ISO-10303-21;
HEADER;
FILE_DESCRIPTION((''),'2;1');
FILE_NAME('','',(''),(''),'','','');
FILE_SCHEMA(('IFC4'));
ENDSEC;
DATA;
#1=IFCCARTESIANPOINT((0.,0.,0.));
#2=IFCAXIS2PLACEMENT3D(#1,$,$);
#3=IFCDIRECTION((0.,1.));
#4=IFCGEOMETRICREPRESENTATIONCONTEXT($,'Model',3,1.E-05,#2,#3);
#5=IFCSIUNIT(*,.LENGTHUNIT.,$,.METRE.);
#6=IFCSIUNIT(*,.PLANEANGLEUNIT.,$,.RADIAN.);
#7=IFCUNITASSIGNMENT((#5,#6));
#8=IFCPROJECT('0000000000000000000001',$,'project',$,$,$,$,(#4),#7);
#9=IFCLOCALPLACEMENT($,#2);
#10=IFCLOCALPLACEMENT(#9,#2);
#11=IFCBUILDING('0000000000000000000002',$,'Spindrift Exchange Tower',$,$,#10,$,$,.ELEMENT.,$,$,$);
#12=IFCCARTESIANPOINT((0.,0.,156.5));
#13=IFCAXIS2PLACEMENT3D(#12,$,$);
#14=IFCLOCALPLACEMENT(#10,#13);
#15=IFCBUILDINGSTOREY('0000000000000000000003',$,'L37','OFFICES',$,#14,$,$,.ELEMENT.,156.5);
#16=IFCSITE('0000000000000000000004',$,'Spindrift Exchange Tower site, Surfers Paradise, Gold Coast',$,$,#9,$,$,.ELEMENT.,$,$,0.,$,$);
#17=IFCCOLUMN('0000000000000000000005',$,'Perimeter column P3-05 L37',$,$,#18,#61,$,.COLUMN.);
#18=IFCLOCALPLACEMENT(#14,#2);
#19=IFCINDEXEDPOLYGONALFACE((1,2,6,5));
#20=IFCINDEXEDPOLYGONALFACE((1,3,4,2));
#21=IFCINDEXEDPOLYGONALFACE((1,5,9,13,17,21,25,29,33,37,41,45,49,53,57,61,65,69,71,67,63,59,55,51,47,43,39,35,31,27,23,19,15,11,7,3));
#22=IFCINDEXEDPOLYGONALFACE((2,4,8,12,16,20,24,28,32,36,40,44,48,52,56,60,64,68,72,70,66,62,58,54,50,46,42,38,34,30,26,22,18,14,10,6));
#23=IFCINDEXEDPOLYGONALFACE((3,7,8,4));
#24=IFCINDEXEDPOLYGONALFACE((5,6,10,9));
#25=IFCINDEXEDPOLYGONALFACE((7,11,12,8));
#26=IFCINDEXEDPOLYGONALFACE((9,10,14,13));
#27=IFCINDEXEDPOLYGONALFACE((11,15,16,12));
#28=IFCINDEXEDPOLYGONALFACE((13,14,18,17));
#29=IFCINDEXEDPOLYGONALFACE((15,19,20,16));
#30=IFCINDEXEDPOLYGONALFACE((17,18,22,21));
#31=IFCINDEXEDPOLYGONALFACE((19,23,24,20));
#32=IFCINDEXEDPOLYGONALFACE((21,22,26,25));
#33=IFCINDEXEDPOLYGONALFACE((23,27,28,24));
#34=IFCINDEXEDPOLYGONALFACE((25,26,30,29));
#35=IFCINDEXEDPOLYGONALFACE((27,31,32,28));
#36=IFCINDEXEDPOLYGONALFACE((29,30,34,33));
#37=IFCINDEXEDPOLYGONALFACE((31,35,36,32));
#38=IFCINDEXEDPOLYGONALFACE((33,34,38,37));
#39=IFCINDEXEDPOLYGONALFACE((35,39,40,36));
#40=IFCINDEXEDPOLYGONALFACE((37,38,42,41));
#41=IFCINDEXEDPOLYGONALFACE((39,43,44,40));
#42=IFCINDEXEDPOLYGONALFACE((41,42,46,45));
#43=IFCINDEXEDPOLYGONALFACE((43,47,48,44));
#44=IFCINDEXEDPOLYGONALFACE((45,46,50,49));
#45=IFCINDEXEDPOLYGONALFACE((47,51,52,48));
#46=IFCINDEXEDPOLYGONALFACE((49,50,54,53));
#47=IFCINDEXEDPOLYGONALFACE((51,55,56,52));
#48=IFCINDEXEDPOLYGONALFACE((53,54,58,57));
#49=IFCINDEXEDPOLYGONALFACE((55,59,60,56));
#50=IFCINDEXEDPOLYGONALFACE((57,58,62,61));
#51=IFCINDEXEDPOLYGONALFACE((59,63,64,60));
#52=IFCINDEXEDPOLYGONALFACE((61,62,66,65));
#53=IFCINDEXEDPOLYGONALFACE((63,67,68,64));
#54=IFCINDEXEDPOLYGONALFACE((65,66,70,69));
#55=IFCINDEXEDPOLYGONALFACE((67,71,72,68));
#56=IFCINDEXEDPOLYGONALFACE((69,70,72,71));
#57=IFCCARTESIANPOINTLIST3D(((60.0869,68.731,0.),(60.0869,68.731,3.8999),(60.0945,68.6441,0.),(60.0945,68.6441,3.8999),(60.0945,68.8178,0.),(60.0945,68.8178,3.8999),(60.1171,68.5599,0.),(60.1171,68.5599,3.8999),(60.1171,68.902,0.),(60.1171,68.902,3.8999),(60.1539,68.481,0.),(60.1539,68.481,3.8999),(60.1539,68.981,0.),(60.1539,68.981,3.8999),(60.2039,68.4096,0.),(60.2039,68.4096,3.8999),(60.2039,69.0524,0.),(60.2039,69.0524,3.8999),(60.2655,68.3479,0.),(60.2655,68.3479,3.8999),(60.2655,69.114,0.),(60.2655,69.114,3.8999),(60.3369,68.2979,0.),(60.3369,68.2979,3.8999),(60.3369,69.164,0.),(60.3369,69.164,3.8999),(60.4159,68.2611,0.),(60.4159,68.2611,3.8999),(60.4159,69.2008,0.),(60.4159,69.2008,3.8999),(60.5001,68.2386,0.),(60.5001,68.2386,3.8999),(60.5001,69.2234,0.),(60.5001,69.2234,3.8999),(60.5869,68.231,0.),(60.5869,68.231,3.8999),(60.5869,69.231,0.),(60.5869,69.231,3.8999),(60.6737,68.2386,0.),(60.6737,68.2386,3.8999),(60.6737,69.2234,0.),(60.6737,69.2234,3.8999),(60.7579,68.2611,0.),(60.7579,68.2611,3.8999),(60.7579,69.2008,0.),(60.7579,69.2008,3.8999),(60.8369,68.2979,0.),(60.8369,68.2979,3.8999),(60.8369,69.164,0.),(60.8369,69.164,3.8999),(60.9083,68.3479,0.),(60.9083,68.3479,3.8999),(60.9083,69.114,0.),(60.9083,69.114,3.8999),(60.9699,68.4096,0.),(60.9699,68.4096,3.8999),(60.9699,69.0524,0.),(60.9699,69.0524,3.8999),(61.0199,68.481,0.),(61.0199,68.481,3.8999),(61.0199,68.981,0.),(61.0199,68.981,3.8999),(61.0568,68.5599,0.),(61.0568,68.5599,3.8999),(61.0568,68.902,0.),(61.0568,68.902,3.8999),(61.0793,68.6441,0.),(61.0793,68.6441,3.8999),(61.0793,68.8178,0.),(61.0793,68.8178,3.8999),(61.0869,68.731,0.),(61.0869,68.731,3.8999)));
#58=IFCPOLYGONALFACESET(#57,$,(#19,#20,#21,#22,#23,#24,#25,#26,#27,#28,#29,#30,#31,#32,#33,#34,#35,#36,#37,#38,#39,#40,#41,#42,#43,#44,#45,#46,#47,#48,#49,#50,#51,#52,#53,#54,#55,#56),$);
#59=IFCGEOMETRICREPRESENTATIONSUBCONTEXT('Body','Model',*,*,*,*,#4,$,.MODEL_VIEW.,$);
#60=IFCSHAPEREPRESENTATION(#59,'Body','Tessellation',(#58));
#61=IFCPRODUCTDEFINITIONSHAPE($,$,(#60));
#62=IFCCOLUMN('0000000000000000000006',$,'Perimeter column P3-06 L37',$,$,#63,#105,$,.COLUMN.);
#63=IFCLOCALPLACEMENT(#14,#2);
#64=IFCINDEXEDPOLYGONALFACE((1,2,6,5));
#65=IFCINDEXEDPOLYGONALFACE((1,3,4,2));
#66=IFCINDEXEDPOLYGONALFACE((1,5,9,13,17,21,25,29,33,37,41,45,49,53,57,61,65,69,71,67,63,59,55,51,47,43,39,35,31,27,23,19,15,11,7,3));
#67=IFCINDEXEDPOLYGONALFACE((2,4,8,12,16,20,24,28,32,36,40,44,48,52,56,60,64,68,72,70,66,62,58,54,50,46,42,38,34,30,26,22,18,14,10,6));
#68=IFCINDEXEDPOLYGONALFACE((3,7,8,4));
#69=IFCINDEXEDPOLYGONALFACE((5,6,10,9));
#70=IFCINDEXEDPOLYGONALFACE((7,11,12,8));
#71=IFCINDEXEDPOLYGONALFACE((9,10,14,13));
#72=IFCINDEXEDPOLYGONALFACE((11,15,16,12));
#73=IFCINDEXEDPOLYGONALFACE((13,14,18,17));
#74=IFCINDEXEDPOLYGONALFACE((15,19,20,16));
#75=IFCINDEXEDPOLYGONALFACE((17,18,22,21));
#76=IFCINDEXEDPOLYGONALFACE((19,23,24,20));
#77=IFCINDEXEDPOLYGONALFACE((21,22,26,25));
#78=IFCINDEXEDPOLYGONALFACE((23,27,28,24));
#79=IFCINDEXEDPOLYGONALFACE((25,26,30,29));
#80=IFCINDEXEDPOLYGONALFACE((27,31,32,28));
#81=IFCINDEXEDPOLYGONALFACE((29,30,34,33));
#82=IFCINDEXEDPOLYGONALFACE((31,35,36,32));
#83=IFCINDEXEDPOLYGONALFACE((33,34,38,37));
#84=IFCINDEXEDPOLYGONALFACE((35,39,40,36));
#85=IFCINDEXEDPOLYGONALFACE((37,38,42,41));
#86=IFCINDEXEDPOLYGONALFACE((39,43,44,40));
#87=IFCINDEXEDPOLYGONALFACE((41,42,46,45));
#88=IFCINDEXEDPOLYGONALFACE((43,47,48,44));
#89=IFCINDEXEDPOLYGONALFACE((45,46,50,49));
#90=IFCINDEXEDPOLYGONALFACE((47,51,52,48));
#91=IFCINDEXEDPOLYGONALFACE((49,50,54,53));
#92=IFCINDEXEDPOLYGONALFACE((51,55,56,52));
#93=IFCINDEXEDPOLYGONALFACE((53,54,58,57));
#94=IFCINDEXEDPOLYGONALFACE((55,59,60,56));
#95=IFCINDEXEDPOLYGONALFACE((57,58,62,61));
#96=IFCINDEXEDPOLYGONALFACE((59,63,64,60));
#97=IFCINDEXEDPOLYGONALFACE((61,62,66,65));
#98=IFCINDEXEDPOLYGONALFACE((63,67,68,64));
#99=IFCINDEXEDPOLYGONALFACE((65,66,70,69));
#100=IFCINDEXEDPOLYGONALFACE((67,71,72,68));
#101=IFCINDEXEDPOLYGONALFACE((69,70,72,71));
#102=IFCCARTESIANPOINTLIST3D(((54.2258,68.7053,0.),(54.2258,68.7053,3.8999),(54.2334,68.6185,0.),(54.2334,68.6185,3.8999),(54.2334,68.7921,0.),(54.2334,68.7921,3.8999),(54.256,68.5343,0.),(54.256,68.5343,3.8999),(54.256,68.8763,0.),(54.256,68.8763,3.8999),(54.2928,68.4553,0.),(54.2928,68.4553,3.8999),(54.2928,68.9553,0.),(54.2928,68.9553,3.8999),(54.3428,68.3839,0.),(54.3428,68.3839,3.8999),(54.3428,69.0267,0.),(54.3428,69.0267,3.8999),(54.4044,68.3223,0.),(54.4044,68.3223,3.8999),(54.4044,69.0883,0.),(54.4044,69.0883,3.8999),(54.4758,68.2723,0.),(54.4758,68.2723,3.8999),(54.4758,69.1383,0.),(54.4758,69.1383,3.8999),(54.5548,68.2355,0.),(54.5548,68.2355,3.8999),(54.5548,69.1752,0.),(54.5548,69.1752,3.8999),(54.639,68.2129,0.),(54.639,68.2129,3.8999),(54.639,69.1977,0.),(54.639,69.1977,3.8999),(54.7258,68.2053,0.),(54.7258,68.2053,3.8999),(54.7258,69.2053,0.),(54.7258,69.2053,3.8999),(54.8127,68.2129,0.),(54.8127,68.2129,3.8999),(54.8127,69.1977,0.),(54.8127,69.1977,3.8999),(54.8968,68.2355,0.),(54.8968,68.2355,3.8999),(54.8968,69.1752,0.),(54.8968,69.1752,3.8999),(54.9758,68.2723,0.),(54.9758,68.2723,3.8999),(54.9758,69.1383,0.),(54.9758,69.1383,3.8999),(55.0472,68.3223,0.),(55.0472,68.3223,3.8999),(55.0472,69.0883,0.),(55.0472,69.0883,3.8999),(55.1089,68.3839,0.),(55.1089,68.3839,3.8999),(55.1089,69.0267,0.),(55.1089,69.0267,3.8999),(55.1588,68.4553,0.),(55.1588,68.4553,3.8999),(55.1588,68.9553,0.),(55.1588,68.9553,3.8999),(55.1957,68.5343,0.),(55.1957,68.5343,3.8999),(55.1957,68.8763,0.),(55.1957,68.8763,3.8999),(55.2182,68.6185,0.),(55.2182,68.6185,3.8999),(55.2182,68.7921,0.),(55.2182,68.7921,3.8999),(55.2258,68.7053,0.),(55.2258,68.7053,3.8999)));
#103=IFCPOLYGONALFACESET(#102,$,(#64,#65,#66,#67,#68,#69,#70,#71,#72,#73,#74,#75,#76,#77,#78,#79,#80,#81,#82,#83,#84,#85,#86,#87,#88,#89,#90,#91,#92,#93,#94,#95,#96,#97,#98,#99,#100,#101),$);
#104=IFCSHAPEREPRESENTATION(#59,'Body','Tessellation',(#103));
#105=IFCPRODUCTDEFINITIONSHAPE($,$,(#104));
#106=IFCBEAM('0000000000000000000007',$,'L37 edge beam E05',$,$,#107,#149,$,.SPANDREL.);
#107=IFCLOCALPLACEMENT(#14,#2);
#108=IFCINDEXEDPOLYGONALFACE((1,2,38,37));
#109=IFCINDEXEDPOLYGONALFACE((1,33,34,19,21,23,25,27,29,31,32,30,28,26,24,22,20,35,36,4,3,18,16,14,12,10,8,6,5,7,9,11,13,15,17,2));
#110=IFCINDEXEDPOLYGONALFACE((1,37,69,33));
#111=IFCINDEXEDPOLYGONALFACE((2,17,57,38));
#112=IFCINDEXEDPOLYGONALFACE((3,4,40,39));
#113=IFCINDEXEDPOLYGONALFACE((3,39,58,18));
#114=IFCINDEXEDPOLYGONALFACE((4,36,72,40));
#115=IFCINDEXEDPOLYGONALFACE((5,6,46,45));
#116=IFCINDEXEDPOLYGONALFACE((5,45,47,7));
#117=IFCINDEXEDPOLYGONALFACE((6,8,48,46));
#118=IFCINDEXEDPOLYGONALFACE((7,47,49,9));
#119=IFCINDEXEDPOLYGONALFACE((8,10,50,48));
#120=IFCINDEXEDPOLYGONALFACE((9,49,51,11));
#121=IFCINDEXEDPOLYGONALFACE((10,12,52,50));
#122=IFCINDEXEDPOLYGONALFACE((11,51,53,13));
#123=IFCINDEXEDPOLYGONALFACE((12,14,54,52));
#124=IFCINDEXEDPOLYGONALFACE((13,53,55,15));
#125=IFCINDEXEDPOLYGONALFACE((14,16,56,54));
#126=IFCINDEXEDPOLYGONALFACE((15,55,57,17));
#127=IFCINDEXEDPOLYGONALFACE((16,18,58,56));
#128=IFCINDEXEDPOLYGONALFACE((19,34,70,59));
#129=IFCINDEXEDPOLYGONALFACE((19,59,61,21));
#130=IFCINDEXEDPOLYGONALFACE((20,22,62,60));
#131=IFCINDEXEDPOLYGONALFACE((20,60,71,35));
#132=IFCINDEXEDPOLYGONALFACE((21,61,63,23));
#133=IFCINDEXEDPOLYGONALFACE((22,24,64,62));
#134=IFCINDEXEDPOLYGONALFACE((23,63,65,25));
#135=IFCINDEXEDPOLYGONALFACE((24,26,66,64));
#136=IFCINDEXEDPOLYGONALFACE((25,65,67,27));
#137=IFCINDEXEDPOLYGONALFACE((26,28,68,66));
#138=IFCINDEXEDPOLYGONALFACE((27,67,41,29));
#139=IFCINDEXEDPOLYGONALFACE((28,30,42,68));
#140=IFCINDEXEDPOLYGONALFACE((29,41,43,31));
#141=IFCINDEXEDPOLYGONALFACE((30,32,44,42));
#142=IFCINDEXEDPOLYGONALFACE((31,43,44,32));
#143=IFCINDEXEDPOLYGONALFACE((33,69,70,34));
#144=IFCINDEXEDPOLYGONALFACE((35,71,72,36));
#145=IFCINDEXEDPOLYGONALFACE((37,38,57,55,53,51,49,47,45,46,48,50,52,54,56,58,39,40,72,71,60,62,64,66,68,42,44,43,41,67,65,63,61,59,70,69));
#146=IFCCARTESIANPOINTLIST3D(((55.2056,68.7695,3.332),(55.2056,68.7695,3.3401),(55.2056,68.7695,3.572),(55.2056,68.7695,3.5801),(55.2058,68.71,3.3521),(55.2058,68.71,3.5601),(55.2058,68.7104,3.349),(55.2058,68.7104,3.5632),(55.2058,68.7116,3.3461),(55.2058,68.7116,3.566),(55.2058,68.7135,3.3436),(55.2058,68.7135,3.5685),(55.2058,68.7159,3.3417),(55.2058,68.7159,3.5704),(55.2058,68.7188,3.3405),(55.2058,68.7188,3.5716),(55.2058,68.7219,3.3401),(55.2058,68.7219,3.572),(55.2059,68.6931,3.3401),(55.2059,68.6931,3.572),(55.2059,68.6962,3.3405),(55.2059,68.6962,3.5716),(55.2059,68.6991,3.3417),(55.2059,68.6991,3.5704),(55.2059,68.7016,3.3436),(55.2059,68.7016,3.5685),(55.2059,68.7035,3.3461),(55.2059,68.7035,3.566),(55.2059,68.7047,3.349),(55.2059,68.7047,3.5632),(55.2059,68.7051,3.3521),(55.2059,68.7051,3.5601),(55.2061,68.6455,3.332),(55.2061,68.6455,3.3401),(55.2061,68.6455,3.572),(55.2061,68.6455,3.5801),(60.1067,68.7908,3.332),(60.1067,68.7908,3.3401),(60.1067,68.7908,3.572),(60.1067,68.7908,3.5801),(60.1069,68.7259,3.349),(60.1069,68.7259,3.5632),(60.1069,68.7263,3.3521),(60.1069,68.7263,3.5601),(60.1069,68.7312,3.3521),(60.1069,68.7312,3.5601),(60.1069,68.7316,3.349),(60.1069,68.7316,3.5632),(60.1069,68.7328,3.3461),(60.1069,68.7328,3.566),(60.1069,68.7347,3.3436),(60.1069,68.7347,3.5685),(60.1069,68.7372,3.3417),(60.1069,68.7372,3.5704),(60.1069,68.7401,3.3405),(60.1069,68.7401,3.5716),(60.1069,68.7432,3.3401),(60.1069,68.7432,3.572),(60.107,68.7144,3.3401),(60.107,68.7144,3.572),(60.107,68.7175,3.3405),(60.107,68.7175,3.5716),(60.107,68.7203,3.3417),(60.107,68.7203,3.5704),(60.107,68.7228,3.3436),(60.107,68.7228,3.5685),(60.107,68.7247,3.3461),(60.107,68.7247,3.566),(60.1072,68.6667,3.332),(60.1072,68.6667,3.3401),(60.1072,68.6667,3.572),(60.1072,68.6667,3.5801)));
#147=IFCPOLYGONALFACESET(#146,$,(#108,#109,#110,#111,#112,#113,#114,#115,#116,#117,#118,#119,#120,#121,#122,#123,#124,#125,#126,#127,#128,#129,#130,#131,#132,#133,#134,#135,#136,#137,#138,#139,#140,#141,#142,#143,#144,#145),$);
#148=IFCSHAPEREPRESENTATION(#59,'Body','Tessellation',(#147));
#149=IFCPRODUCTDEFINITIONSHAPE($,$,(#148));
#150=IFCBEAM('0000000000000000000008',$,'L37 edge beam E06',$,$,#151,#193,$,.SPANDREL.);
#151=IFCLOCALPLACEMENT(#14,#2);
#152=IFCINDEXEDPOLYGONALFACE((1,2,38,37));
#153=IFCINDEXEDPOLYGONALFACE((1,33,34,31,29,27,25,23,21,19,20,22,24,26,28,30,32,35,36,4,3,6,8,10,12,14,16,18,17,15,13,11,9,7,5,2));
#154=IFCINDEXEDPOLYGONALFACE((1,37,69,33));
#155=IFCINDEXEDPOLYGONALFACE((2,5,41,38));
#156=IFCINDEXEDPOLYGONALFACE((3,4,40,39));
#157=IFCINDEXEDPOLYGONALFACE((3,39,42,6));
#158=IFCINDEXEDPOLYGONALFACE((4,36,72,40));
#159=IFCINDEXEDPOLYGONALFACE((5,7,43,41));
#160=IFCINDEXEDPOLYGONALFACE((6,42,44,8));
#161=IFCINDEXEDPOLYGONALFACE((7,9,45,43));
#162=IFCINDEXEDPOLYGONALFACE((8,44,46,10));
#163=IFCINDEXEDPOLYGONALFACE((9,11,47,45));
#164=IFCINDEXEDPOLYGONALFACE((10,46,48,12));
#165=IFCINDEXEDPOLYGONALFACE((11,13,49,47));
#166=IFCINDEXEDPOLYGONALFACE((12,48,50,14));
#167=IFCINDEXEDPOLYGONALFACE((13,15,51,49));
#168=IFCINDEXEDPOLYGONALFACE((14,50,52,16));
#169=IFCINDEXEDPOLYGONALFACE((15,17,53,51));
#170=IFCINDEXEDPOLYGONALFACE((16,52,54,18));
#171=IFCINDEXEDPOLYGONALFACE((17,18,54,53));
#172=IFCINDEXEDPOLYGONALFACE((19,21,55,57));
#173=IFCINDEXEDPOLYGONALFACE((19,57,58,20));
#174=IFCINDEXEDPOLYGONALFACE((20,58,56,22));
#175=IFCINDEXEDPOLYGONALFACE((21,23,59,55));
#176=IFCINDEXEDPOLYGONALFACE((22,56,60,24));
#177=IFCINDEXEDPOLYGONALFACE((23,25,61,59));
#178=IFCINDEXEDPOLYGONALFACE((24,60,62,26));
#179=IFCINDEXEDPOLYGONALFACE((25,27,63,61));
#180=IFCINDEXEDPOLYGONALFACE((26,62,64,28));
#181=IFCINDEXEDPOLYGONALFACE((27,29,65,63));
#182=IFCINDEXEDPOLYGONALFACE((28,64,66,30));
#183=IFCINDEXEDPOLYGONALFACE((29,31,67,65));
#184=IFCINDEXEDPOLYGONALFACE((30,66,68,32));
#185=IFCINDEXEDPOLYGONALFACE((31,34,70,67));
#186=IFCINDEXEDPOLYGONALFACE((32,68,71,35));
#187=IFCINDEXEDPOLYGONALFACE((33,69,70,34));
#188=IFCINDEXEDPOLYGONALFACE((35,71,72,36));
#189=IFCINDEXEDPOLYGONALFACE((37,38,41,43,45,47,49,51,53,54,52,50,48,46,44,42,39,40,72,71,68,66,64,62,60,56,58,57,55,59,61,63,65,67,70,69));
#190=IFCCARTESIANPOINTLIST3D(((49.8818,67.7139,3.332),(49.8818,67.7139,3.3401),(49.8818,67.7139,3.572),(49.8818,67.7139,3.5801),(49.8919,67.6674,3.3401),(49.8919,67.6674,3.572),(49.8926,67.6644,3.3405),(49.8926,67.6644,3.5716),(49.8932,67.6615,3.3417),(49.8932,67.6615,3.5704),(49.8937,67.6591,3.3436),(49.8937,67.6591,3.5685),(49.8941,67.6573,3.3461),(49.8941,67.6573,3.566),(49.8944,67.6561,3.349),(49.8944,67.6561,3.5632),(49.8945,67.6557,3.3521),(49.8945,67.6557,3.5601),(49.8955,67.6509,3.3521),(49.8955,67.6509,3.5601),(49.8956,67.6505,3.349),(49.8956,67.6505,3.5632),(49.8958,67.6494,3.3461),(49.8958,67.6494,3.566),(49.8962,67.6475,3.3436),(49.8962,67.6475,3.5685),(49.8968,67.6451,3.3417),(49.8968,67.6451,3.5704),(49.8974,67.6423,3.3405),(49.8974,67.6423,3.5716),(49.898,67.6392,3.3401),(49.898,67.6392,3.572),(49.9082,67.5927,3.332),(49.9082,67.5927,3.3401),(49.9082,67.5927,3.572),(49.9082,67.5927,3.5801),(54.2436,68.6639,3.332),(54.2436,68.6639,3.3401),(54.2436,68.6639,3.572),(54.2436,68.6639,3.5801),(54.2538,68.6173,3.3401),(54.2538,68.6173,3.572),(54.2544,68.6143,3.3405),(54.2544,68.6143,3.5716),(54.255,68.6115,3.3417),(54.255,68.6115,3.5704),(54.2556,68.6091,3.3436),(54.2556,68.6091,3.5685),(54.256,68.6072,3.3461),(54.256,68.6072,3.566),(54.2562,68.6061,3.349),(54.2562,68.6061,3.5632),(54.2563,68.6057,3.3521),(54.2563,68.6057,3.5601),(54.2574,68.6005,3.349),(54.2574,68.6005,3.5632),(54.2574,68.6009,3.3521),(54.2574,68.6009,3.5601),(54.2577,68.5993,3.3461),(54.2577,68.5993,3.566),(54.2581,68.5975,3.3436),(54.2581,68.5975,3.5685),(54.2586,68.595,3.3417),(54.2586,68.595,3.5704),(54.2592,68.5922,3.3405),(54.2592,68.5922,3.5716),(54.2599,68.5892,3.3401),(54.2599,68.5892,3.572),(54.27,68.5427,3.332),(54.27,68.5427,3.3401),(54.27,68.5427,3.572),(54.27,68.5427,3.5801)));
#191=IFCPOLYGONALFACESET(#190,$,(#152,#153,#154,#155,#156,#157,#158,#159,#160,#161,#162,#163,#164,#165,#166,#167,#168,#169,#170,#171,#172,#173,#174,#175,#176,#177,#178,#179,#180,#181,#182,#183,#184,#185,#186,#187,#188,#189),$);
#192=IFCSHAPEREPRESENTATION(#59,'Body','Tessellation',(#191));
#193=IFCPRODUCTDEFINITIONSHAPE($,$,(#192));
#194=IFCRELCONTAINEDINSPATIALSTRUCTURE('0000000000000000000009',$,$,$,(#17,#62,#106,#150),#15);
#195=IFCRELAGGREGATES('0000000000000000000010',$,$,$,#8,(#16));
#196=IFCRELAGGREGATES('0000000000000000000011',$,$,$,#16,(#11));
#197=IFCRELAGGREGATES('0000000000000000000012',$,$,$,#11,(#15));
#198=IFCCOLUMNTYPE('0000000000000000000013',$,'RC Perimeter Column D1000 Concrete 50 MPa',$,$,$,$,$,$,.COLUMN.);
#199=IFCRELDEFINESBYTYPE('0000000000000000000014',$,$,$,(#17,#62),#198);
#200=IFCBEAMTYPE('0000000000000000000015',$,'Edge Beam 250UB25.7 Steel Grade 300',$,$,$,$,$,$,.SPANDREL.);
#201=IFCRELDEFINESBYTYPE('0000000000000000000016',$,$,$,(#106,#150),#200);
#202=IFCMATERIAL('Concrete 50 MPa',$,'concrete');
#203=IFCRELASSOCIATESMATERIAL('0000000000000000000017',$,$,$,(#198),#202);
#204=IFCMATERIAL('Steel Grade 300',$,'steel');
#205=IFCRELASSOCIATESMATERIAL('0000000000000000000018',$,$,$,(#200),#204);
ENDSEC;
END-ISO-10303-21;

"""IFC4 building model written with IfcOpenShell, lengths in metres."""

from ifc_helpers import new_model, si_unit, direction, frame, origin, origin_2d, place, context, subcontext, project, spatial, circle, i_section, extrude, source, transform, mapped, material, material_profile, profile_set, type_object, element, save


model = new_model("IFC4")

# Units and contexts
model_context = context("Model", 3, precision=1e-05, world=origin(), true_north=direction((0.0, 1.0)))
body_context = subcontext(model_context, "Body", "Model", "MODEL_VIEW")
ifc_project = project(units=[si_unit("LENGTHUNIT", "METRE"), si_unit("PLANEANGLEUNIT", "RADIAN")], contexts=[model_context])

# Site, building, storey
site_placement = place(None, origin())
site = spatial("IfcSite", under=ifc_project, at=site_placement, Name="Spindrift Exchange Tower site, Surfers Paradise, Gold Coast", CompositionType="ELEMENT", RefElevation=0.0)
building_placement = place(site_placement, origin())
building = spatial("IfcBuilding", under=site, at=building_placement, Name="Spindrift Exchange Tower", CompositionType="ELEMENT")
storey_placement = place(building_placement, frame((0.0, 0.0, 156.5)))
storey = spatial("IfcBuildingStorey", under=building, at=storey_placement, Name="L37", Description="OFFICES", CompositionType="ELEMENT", Elevation=156.5)

# Columns
ifc_material_1 = material(Name="Concrete 50 MPa", Category="concrete")
ifc_material_profile_1 = material_profile(ifc_material_1, circle(Radius=0.5, at=origin_2d()), Name="RC D1000")
ifc_profile_set_1 = profile_set([ifc_material_profile_1], Name="Concrete 50 MPa")
column_type = type_object("IfcColumnType", Name="RC Perimeter Column D1000 Concrete 50 MPa", PredefinedType="COLUMN", material=ifc_profile_set_1)
shared_shape_1 = source(origin(), body_context, "Body", "SweptSolid", [
    extrude(circle(Radius=0.5, at=origin_2d()), origin(), (0.0, 0.0, 1.0), 3.8999),
])
for number, where, z_axis, x_axis, name in (
    (1, (60.5869, 68.731, 0.0), (0.0, 0.0, 1.0), (1.0, 0.0, 0.0), "Perimeter column P3-05 L37"),
    (2, (54.7258, 68.7053, 0.0), (0.0, 0.0, 1.0), (1.0, 0.0, 0.0), "Perimeter column P3-06 L37"),
):
    element("IfcColumn", number, at=place(storey_placement, frame(where, z_axis=z_axis, x_axis=x_axis)), inside=storey, type_object=column_type, Name=name, PredefinedType="COLUMN", context=body_context, shape_type="MappedRepresentation", body=[
        mapped(shared_shape_1, transform((0.0, 0.0, 0.0), scale=1.0)),
    ])

# Beams
ifc_material_2 = material(Name="Steel Grade 300", Category="steel")
ifc_material_profile_2 = material_profile(ifc_material_2, i_section(OverallWidth=0.124, OverallDepth=0.248, WebThickness=0.0049, FlangeThickness=0.0081, FilletRadius=0.012, at=origin_2d()), Name="250UB25.7")
ifc_profile_set_2 = profile_set([ifc_material_profile_2], Name="Steel Grade 300")
beam_type_1 = type_object("IfcBeamType", Name="Edge Beam 250UB25.7 Steel Grade 300", PredefinedType="SPANDREL", material=ifc_profile_set_2)
shared_shape_2 = source(origin(), body_context, "Body", "SweptSolid", [
    extrude(i_section(OverallWidth=0.124, OverallDepth=0.248, WebThickness=0.0049, FlangeThickness=0.0081, FilletRadius=0.012, at=origin_2d()), origin(), (0.0, 0.0, 1.0), 4.9011),
])
beam_1_placement = place(storey_placement, frame((60.1069, 68.7288, 3.4561), z_axis=(-0.999991, -0.004334, 0.0), x_axis=(0.004334, -0.999991, 0.0)))
element("IfcBeam", 3, at=beam_1_placement, inside=storey, type_object=beam_type_1, Name="L37 edge beam E05", PredefinedType="SPANDREL", context=body_context, shape_type="MappedRepresentation", body=[
    mapped(shared_shape_2, transform((0.0, 0.0, 0.0), scale=1.0)),
])
shared_shape_3 = source(origin(), body_context, "Body", "SweptSolid", [
    extrude(i_section(OverallWidth=0.124, OverallDepth=0.248, WebThickness=0.0049, FlangeThickness=0.0081, FilletRadius=0.012, at=origin_2d()), origin(), (0.0, 0.0, 1.0), 4.4641),
])
beam_2_placement = place(storey_placement, frame((54.2568, 68.6033, 3.4561), z_axis=(-0.977096, -0.2128, 0.0), x_axis=(0.2128, -0.977096, 0.0)))
element("IfcBeam", 4, at=beam_2_placement, inside=storey, type_object=beam_type_1, Name="L37 edge beam E06", PredefinedType="SPANDREL", context=body_context, shape_type="MappedRepresentation", body=[
    mapped(shared_shape_3, transform((0.0, 0.0, 0.0), scale=1.0)),
])

save(model, "model.ifc")
